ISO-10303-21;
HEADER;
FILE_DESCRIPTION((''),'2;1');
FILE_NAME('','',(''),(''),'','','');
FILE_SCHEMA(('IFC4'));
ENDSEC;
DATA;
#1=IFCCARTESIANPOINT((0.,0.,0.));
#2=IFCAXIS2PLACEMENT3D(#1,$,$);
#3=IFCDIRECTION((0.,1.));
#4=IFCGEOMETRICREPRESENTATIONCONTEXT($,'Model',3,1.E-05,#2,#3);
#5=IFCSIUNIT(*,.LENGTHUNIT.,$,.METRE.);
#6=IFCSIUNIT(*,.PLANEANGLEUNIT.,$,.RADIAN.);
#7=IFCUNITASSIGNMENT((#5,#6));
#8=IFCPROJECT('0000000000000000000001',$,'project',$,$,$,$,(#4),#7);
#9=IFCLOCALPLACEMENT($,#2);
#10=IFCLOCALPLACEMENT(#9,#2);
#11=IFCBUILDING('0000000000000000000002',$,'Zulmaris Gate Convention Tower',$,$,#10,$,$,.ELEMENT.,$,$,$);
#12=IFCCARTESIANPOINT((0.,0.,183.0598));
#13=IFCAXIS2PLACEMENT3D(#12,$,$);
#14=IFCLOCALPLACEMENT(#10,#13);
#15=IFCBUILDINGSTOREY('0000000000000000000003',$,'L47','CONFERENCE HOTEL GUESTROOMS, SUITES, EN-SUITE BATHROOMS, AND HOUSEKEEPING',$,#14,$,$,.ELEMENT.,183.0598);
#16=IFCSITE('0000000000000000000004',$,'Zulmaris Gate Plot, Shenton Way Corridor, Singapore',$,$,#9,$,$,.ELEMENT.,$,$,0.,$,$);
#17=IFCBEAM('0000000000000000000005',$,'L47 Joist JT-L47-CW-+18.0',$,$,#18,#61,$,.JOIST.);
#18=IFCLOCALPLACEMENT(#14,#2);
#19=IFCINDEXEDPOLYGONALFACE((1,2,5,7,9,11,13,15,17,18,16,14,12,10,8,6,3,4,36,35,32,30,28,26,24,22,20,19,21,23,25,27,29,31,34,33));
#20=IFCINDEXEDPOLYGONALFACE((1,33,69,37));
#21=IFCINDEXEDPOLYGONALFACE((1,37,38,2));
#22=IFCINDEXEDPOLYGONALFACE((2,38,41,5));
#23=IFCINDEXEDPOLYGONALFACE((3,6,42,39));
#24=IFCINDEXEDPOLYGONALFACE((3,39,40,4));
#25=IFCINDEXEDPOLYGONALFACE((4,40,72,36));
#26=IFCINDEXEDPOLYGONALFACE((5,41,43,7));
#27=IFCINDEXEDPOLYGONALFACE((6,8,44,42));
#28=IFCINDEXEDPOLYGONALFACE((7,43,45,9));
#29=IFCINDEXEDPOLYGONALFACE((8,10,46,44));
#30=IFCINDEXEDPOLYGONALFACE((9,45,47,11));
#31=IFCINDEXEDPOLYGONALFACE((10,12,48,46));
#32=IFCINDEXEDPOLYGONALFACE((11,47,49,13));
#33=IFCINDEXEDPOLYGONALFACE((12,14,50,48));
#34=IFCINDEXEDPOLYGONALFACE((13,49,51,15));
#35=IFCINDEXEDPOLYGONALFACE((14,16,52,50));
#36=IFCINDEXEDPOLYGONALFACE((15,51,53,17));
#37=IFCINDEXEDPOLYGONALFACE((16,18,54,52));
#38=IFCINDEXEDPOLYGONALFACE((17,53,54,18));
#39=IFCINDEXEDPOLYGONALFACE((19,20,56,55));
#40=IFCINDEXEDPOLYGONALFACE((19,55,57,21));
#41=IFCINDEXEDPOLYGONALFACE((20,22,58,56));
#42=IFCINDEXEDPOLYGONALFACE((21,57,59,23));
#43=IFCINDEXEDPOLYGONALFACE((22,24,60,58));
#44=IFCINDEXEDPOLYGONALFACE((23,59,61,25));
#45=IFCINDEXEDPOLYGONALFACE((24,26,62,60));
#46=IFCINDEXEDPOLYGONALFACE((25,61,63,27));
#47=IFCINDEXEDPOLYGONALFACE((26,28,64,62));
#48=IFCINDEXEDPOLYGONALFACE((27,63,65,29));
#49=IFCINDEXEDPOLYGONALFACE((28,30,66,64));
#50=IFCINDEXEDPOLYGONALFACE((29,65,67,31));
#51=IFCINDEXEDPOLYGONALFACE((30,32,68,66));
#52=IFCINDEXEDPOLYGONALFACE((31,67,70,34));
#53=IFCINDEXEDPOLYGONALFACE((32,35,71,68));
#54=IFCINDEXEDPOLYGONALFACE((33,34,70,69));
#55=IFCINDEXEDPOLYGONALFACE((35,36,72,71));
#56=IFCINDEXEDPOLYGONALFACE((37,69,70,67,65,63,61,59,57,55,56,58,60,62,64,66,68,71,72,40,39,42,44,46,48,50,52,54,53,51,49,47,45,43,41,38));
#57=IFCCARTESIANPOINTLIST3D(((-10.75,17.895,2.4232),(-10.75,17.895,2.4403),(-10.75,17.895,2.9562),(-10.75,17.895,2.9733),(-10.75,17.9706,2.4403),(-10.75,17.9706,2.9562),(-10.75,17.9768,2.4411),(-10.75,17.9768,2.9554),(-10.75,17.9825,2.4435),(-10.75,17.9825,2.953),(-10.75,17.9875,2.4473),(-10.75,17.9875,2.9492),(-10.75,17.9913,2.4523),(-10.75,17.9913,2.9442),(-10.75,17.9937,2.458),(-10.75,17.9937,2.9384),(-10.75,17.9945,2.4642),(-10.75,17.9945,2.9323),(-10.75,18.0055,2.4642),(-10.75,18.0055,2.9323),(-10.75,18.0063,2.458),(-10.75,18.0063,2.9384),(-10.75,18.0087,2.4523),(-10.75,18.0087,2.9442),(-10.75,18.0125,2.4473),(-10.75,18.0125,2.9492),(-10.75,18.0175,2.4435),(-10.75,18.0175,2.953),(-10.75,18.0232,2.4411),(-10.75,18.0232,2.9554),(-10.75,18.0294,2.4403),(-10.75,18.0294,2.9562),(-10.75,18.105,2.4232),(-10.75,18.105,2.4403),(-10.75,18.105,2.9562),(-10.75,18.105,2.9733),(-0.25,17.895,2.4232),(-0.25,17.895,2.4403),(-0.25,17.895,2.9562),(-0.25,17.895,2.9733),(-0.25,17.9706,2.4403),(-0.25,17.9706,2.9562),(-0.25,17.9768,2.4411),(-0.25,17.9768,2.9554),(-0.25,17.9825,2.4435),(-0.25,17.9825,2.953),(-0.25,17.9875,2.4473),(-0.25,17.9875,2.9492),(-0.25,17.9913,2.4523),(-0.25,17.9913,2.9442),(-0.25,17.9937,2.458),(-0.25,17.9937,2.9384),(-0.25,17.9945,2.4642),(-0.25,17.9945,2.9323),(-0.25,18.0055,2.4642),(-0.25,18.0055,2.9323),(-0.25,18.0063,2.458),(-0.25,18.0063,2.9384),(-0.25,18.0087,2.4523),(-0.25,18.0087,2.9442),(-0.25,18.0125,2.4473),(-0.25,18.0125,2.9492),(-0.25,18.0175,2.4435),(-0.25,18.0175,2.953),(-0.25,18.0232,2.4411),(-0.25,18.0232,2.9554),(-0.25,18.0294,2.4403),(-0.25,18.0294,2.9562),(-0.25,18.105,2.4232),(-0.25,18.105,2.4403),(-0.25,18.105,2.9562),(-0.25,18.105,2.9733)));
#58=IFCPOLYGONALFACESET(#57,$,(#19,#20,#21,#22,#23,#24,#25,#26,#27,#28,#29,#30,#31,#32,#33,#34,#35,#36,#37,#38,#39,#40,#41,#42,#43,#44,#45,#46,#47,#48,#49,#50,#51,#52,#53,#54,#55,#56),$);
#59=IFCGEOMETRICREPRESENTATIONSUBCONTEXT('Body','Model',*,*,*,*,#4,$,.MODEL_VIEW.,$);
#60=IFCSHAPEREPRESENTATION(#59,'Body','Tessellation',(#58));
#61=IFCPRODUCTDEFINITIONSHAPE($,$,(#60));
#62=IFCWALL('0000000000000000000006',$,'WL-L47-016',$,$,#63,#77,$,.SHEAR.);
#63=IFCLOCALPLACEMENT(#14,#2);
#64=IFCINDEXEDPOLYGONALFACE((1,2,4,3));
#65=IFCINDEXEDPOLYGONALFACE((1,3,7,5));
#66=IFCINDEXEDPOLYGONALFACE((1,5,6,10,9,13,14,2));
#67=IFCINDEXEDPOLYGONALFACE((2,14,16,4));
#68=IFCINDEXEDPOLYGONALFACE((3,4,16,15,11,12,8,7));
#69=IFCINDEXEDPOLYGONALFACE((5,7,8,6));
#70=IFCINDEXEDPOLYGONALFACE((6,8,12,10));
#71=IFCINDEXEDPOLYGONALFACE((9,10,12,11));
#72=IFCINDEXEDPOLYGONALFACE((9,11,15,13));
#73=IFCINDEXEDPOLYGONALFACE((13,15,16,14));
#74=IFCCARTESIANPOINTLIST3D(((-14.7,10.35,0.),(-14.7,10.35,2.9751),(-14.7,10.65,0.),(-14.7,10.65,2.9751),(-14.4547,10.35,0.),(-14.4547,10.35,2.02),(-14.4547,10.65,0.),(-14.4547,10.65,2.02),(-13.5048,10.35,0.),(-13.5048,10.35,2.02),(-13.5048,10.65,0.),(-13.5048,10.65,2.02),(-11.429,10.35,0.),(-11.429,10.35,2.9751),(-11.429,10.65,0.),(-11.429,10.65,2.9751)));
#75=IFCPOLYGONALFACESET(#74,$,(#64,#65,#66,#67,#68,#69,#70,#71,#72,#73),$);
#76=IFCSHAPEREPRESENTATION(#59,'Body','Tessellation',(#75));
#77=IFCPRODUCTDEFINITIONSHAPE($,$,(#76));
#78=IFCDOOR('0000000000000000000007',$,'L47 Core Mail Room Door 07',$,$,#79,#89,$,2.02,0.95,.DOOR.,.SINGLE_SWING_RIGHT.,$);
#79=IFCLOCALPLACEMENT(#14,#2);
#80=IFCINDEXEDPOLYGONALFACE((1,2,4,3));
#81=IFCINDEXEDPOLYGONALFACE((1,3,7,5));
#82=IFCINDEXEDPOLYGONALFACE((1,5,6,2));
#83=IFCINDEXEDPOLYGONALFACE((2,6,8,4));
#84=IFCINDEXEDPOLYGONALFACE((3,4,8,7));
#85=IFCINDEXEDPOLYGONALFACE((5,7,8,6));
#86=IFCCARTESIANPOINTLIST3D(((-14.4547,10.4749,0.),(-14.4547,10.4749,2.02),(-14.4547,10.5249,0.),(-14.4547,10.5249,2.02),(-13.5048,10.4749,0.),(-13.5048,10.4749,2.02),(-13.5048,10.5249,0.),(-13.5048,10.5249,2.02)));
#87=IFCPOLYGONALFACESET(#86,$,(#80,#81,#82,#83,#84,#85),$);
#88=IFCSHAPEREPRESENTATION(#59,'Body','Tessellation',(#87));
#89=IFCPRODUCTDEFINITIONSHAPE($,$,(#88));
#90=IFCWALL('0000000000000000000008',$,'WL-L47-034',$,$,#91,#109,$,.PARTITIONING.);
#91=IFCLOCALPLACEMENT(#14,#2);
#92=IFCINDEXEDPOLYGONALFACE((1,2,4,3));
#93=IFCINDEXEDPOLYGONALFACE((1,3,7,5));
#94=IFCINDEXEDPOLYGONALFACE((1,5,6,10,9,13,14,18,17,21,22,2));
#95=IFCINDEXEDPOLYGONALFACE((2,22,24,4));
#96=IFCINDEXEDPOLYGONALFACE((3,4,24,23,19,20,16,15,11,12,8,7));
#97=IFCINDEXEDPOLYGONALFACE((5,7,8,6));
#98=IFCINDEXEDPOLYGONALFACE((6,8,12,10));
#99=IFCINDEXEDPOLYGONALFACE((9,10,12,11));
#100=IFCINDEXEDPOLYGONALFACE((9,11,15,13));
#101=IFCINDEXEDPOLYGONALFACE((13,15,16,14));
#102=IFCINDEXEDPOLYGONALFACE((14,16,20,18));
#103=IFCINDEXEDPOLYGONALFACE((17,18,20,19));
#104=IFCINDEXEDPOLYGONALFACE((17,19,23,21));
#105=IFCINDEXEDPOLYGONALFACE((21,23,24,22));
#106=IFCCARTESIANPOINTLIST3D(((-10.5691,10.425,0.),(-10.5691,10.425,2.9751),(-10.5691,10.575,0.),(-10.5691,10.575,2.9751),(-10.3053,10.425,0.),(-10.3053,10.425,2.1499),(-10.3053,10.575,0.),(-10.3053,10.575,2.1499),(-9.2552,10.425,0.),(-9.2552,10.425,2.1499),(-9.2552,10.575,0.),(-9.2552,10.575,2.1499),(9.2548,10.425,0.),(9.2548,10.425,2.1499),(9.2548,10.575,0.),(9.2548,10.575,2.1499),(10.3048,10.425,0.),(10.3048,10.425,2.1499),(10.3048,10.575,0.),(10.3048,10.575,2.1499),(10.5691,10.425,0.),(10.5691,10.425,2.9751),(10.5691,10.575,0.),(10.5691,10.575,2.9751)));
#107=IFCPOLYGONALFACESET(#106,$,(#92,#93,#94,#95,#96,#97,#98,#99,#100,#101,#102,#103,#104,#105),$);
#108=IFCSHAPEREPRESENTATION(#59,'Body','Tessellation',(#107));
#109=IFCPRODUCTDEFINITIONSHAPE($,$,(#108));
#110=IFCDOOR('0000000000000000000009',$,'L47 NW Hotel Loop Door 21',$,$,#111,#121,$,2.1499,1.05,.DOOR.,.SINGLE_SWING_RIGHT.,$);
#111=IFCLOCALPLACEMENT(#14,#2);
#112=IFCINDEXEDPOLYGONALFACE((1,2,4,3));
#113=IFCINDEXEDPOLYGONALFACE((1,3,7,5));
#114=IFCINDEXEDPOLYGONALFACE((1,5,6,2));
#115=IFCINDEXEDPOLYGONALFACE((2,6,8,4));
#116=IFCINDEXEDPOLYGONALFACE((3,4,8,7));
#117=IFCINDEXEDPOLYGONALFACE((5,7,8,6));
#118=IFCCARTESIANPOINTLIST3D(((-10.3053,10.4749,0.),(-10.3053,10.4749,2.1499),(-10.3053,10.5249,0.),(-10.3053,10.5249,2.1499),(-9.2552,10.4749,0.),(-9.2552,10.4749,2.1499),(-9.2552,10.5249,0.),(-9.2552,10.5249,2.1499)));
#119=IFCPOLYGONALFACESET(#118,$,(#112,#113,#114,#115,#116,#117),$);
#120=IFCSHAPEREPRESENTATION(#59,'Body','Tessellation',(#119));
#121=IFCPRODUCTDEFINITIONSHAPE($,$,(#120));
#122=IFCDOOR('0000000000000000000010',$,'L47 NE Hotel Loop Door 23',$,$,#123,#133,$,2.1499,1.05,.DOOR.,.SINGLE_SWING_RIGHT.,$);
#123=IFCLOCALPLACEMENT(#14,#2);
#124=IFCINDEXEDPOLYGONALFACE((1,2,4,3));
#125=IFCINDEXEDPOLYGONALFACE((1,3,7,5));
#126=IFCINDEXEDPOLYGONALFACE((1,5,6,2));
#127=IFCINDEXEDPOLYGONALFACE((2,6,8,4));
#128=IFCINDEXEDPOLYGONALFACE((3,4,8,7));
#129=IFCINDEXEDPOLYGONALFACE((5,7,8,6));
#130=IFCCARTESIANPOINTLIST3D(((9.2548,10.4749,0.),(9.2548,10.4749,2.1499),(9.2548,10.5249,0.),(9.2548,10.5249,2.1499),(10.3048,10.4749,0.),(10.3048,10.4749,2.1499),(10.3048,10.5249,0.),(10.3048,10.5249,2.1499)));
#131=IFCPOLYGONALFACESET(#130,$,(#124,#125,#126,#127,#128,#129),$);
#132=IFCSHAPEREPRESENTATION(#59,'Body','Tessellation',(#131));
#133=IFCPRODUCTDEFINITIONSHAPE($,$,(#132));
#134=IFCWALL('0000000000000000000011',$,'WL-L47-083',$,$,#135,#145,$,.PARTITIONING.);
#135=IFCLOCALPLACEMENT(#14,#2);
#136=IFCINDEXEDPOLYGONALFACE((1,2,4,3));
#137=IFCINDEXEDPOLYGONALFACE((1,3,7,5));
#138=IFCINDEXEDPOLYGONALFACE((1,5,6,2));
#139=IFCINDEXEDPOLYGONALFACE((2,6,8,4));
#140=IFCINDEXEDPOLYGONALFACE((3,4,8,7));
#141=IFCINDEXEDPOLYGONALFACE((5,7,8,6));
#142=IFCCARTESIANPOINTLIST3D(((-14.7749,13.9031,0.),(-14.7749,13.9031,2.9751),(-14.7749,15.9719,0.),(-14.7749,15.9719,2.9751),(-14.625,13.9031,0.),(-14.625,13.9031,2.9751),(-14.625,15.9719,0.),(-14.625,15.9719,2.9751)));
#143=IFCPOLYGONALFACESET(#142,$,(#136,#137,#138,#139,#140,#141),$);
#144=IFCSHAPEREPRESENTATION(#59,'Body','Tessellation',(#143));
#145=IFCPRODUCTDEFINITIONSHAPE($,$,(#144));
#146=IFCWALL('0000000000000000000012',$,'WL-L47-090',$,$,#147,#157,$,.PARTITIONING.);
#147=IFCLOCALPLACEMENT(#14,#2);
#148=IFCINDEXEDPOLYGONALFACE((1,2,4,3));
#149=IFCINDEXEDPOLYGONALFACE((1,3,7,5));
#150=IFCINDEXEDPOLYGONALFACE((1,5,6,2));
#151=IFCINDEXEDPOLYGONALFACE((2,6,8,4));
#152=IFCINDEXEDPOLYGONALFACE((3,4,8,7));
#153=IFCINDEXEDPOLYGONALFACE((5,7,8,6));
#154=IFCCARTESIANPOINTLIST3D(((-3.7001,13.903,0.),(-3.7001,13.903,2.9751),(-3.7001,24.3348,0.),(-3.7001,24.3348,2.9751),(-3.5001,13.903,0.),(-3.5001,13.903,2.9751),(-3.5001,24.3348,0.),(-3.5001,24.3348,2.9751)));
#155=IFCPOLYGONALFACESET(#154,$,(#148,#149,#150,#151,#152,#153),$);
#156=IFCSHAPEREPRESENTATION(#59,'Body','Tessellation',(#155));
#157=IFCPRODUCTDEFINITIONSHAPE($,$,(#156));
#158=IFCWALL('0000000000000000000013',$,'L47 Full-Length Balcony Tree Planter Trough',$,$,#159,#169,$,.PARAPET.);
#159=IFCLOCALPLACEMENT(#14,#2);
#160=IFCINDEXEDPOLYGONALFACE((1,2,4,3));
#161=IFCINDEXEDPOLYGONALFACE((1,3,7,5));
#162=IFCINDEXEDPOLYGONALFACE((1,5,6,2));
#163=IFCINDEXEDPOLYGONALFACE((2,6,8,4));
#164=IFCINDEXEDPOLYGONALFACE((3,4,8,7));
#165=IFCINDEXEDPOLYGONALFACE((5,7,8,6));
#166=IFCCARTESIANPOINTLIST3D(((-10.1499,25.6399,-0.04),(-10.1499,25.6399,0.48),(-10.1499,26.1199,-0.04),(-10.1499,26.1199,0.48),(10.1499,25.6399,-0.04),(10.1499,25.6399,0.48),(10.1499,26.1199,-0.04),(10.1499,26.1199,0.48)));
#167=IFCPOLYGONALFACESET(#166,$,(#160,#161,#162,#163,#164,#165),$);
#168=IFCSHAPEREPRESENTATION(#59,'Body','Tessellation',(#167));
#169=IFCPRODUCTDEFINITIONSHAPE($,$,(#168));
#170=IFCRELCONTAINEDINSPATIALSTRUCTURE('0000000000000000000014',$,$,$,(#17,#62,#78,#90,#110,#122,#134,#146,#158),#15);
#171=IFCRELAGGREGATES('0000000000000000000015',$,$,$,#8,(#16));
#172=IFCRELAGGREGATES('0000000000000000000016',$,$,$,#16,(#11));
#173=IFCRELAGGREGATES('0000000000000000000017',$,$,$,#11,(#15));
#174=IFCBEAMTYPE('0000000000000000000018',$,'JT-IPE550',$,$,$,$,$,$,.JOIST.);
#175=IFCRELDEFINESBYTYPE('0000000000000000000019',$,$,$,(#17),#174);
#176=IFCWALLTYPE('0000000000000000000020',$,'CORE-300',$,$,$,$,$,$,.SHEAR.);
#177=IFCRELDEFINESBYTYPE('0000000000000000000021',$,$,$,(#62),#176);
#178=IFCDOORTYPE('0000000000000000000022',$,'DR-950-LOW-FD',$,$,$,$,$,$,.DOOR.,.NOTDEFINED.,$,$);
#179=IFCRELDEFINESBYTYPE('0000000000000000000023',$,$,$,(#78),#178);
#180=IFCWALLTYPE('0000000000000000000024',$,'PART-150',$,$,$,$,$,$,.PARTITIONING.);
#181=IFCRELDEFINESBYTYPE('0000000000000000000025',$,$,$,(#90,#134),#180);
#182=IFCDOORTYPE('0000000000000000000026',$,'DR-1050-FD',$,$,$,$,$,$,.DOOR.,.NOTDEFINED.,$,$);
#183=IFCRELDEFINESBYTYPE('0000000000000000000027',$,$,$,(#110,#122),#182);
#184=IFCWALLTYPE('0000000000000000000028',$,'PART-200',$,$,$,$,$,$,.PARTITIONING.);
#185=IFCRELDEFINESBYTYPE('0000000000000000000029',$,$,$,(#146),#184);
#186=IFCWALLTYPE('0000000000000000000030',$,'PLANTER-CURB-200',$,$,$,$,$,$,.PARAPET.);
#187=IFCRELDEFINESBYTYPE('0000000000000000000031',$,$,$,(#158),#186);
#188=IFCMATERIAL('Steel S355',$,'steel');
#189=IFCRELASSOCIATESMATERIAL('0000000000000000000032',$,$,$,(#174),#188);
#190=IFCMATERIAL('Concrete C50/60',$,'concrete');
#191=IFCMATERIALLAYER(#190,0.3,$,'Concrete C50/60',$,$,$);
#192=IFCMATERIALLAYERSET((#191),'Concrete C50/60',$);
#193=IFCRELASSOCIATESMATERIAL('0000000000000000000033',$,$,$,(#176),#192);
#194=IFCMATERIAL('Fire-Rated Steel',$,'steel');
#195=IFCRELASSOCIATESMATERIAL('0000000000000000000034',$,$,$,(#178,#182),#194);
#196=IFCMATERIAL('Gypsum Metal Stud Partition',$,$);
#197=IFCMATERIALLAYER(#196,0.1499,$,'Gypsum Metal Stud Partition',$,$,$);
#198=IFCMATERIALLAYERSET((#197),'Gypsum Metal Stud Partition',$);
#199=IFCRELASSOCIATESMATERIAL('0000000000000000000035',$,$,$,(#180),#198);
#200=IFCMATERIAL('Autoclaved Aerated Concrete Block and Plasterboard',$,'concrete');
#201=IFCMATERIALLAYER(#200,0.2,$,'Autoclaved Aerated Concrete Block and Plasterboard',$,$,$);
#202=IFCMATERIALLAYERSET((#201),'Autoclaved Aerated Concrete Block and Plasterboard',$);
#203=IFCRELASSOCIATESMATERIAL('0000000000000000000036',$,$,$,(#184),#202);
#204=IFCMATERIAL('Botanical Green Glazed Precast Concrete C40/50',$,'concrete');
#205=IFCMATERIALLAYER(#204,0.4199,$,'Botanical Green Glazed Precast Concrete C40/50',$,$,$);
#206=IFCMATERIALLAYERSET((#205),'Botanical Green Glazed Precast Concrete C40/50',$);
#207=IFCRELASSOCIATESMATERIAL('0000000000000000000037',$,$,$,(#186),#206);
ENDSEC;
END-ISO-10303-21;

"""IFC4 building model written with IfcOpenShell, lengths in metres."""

from ifc_helpers import new_model, si_unit, direction, frame, frame_2d, origin, origin_2d, place, context, subcontext, project, spatial, rectangle, i_section, extrude, material, layer, layer_set, material_profile, profile_set, type_object, element, fill, save


model = new_model("IFC4")

# Units and contexts
model_context = context("Model", 3, precision=1e-05, world=origin(), true_north=direction((0.0, 1.0)))
body_context = subcontext(model_context, "Body", "Model", "MODEL_VIEW")
ifc_project = project(units=[si_unit("LENGTHUNIT", "METRE"), si_unit("PLANEANGLEUNIT", "RADIAN")], contexts=[model_context])

# Site, building, storey
site_placement = place(None, origin())
site = spatial("IfcSite", under=ifc_project, at=site_placement, Name="Zulmaris Gate Plot, Shenton Way Corridor, Singapore", CompositionType="ELEMENT", RefElevation=0.0)
building_placement = place(site_placement, origin())
building = spatial("IfcBuilding", under=site, at=building_placement, Name="Zulmaris Gate Convention Tower", CompositionType="ELEMENT")
storey_placement = place(building_placement, frame((0.0, 0.0, 183.0598)))
storey = spatial("IfcBuildingStorey", under=building, at=storey_placement, Name="L47", Description="CONFERENCE HOTEL GUESTROOMS, SUITES, EN-SUITE BATHROOMS, AND HOUSEKEEPING", CompositionType="ELEMENT", Elevation=183.0598)

# Beam
ifc_material_1 = material(Name="Concrete C50/60", Category="concrete")
ifc_material_2 = material(Name="Steel S355", Category="steel")
ifc_material_profile_1 = material_profile(ifc_material_2, i_section(OverallWidth=0.21, OverallDepth=0.55, WebThickness=0.011, FlangeThickness=0.0171, FilletRadius=0.0239, at=origin_2d()), Name="IPE 550")
ifc_profile_set_1 = profile_set([ifc_material_profile_1], Name="Steel S355")
beam_type_1 = type_object("IfcBeamType", Name="JT-IPE550", PredefinedType="JOIST", material=ifc_profile_set_1)
for number, where, z_axis, x_axis, name in (
    (1, (-10.75, 18.0, 2.6982), (1.0, 0.0, 0.0), (0.0, 1.0, 0.0), "L47 Joist JT-L47-CW-+18.0"),
):
    element("IfcBeam", number, at=place(storey_placement, frame(where, z_axis=z_axis, x_axis=x_axis)), inside=storey, type_object=beam_type_1, Name=name, PredefinedType="JOIST", context=body_context, shape_type="SweptSolid", body=[
        extrude(i_section(OverallWidth=0.21, OverallDepth=0.55, WebThickness=0.011, FlangeThickness=0.0171, FilletRadius=0.0239, at=origin_2d()), origin(), (0.0, 0.0, 1.0), 10.5),
    ])

# Wall, opening, door
ifc_layer_1 = layer(ifc_material_1, 0.3, Name="Concrete C50/60")
ifc_layer_set_1 = layer_set([ifc_layer_1], Name="Concrete C50/60")
wall_type_1 = type_object("IfcWallType", Name="CORE-300", PredefinedType="SHEAR", material=ifc_layer_set_1)
wall_1_placement = place(storey_placement, frame((-14.7, 10.5, 0.0), z_axis=(0.0, 0.0, 1.0), x_axis=(1.0, 0.0, 0.0)))
wall_1 = element("IfcWall", 2, at=wall_1_placement, inside=storey, type_object=wall_type_1, Name="WL-L47-016", PredefinedType="SHEAR", context=body_context, shape_type="SweptSolid", body=[
    extrude(rectangle(XDim=3.271, YDim=0.3, at=frame_2d((1.6355, 0.0))), origin(), (0.0, 0.0, 1.0), 2.9751),
])
opening_1_placement = place(wall_1_placement, frame((0.2451, 0.0, 0.0)))
opening_1 = element("IfcOpeningElement", 3, at=opening_1_placement, cuts=wall_1, PredefinedType="OPENING", context=body_context, shape_type="SweptSolid", body=[
    extrude(rectangle(XDim=0.95, YDim=2.02, at=frame_2d((0.4751, 1.01))), frame((0.0, 0.1602, 0.0), z_axis=(0.0, -1.0, 0.0), x_axis=(1.0, 0.0, 0.0)), (0.0, 0.0, 1.0), 0.3201),
])
ifc_material_3 = material(Name="Fire-Rated Steel", Category="steel")
door_type_1 = type_object("IfcDoorType", Name="DR-950-LOW-FD", OperationType="NOTDEFINED", PredefinedType="DOOR", material=ifc_material_3)
door_1_placement = place(opening_1_placement, origin())
door_1 = element("IfcDoor", 4, at=door_1_placement, inside=storey, type_object=door_type_1, Name="L47 Core Mail Room Door 07", OperationType="SINGLE_SWING_RIGHT", OverallHeight=2.02, OverallWidth=0.95, PredefinedType="DOOR", context=body_context, shape_type="SweptSolid", body=[
    extrude(rectangle(XDim=0.95, YDim=2.02, at=frame_2d((0.4751, 1.01))), frame((0.0, 0.0249, 0.0), z_axis=(0.0, -1.0, 0.0), x_axis=(1.0, 0.0, 0.0)), (0.0, 0.0, 1.0), 0.05),
])
fill(opening_1, door_1)

# Wall, openings, doors
ifc_material_4 = material(Name="Gypsum Metal Stud Partition")
ifc_layer_2 = layer(ifc_material_4, 0.1499, Name="Gypsum Metal Stud Partition")
ifc_layer_set_2 = layer_set([ifc_layer_2], Name="Gypsum Metal Stud Partition")
wall_type_2 = type_object("IfcWallType", Name="PART-150", PredefinedType="PARTITIONING", material=ifc_layer_set_2)
wall_2_placement = place(storey_placement, frame((-10.5691, 10.5, 0.0), z_axis=(0.0, 0.0, 1.0), x_axis=(1.0, 0.0, 0.0)))
wall_2 = element("IfcWall", 5, at=wall_2_placement, inside=storey, type_object=wall_type_2, Name="WL-L47-034", PredefinedType="PARTITIONING", context=body_context, shape_type="SweptSolid", body=[
    extrude(rectangle(XDim=21.1382, YDim=0.1499, at=frame_2d((10.5691, 0.0))), origin(), (0.0, 0.0, 1.0), 2.9751),
])
opening_2_placement = place(wall_2_placement, frame((0.2639, 0.0, 0.0)))
opening_2 = element("IfcOpeningElement", 6, at=opening_2_placement, cuts=wall_2, PredefinedType="OPENING", context=body_context, shape_type="SweptSolid", body=[
    extrude(rectangle(XDim=1.05, YDim=2.1499, at=frame_2d((0.5249, 1.075))), frame((0.0, 0.085, 0.0), z_axis=(0.0, -1.0, 0.0), x_axis=(1.0, 0.0, 0.0)), (0.0, 0.0, 1.0), 0.1699),
])
opening_3_placement = place(wall_2_placement, frame((19.824, 0.0, 0.0)))
opening_3 = element("IfcOpeningElement", 7, at=opening_3_placement, cuts=wall_2, PredefinedType="OPENING", context=body_context, shape_type="SweptSolid", body=[
    extrude(rectangle(XDim=1.05, YDim=2.1499, at=frame_2d((0.5249, 1.075))), frame((0.0, 0.085, 0.0), z_axis=(0.0, -1.0, 0.0), x_axis=(1.0, 0.0, 0.0)), (0.0, 0.0, 1.0), 0.1699),
])
door_type_2 = type_object("IfcDoorType", Name="DR-1050-FD", OperationType="NOTDEFINED", PredefinedType="DOOR", material=ifc_material_3)
door_2_placement = place(opening_2_placement, origin())
door_2 = element("IfcDoor", 8, at=door_2_placement, inside=storey, type_object=door_type_2, Name="L47 NW Hotel Loop Door 21", OperationType="SINGLE_SWING_RIGHT", OverallHeight=2.1499, OverallWidth=1.05, PredefinedType="DOOR", context=body_context, shape_type="SweptSolid", body=[
    extrude(rectangle(XDim=1.05, YDim=2.1499, at=frame_2d((0.5249, 1.075))), frame((0.0, 0.0249, 0.0), z_axis=(0.0, -1.0, 0.0), x_axis=(1.0, 0.0, 0.0)), (0.0, 0.0, 1.0), 0.05),
])
fill(opening_2, door_2)
door_3_placement = place(opening_3_placement, origin())
door_3 = element("IfcDoor", 9, at=door_3_placement, inside=storey, type_object=door_type_2, Name="L47 NE Hotel Loop Door 23", OperationType="SINGLE_SWING_RIGHT", OverallHeight=2.1499, OverallWidth=1.05, PredefinedType="DOOR", context=body_context, shape_type="SweptSolid", body=[
    extrude(rectangle(XDim=1.05, YDim=2.1499, at=frame_2d((0.5249, 1.075))), frame((0.0, 0.0249, 0.0), z_axis=(0.0, -1.0, 0.0), x_axis=(1.0, 0.0, 0.0)), (0.0, 0.0, 1.0), 0.05),
])
fill(opening_3, door_3)

# Walls
wall_3_placement = place(storey_placement, frame((-14.7, 13.9031, 0.0), z_axis=(0.0, 0.0, 1.0), x_axis=(0.0, 1.0, 0.0)))
element("IfcWall", 10, at=wall_3_placement, inside=storey, type_object=wall_type_2, Name="WL-L47-083", PredefinedType="PARTITIONING", context=body_context, shape_type="SweptSolid", body=[
    extrude(rectangle(XDim=2.0688, YDim=0.1499, at=frame_2d((1.0344, 0.0))), origin(), (0.0, 0.0, 1.0), 2.9751),
])
ifc_material_5 = material(Name="Autoclaved Aerated Concrete Block and Plasterboard", Category="concrete")
ifc_layer_3 = layer(ifc_material_5, 0.2, Name="Autoclaved Aerated Concrete Block and Plasterboard")
ifc_layer_set_3 = layer_set([ifc_layer_3], Name="Autoclaved Aerated Concrete Block and Plasterboard")
wall_type_3 = type_object("IfcWallType", Name="PART-200", PredefinedType="PARTITIONING", material=ifc_layer_set_3)
wall_4_placement = place(storey_placement, frame((-3.6001, 13.9031, 0.0), z_axis=(0.0, 0.0, 1.0), x_axis=(0.0, 1.0, 0.0)))
element("IfcWall", 11, at=wall_4_placement, inside=storey, type_object=wall_type_3, Name="WL-L47-090", PredefinedType="PARTITIONING", context=body_context, shape_type="SweptSolid", body=[
    extrude(rectangle(XDim=10.4319, YDim=0.2, at=frame_2d((5.2158, 0.0))), origin(), (0.0, 0.0, 1.0), 2.9751),
])
ifc_material_6 = material(Name="Botanical Green Glazed Precast Concrete C40/50", Category="concrete")
ifc_layer_4 = layer(ifc_material_6, 0.4199, Name="Botanical Green Glazed Precast Concrete C40/50")
ifc_layer_set_4 = layer_set([ifc_layer_4], Name="Botanical Green Glazed Precast Concrete C40/50")
wall_type_4 = type_object("IfcWallType", Name="PLANTER-CURB-200", PredefinedType="PARAPET", material=ifc_layer_set_4)
wall_5_placement = place(storey_placement, frame((-10.1499, 25.8799, -0.04), z_axis=(0.0, 0.0, 1.0), x_axis=(1.0, 0.0, 0.0)))
element("IfcWall", 12, at=wall_5_placement, inside=storey, type_object=wall_type_4, Name="L47 Full-Length Balcony Tree Planter Trough", PredefinedType="PARAPET", context=body_context, shape_type="SweptSolid", body=[
    extrude(rectangle(XDim=20.2998, YDim=0.48, at=frame_2d((10.1499, 0.0))), origin(), (0.0, 0.0, 1.0), 0.52),
])

save(model, "model.ifc")
